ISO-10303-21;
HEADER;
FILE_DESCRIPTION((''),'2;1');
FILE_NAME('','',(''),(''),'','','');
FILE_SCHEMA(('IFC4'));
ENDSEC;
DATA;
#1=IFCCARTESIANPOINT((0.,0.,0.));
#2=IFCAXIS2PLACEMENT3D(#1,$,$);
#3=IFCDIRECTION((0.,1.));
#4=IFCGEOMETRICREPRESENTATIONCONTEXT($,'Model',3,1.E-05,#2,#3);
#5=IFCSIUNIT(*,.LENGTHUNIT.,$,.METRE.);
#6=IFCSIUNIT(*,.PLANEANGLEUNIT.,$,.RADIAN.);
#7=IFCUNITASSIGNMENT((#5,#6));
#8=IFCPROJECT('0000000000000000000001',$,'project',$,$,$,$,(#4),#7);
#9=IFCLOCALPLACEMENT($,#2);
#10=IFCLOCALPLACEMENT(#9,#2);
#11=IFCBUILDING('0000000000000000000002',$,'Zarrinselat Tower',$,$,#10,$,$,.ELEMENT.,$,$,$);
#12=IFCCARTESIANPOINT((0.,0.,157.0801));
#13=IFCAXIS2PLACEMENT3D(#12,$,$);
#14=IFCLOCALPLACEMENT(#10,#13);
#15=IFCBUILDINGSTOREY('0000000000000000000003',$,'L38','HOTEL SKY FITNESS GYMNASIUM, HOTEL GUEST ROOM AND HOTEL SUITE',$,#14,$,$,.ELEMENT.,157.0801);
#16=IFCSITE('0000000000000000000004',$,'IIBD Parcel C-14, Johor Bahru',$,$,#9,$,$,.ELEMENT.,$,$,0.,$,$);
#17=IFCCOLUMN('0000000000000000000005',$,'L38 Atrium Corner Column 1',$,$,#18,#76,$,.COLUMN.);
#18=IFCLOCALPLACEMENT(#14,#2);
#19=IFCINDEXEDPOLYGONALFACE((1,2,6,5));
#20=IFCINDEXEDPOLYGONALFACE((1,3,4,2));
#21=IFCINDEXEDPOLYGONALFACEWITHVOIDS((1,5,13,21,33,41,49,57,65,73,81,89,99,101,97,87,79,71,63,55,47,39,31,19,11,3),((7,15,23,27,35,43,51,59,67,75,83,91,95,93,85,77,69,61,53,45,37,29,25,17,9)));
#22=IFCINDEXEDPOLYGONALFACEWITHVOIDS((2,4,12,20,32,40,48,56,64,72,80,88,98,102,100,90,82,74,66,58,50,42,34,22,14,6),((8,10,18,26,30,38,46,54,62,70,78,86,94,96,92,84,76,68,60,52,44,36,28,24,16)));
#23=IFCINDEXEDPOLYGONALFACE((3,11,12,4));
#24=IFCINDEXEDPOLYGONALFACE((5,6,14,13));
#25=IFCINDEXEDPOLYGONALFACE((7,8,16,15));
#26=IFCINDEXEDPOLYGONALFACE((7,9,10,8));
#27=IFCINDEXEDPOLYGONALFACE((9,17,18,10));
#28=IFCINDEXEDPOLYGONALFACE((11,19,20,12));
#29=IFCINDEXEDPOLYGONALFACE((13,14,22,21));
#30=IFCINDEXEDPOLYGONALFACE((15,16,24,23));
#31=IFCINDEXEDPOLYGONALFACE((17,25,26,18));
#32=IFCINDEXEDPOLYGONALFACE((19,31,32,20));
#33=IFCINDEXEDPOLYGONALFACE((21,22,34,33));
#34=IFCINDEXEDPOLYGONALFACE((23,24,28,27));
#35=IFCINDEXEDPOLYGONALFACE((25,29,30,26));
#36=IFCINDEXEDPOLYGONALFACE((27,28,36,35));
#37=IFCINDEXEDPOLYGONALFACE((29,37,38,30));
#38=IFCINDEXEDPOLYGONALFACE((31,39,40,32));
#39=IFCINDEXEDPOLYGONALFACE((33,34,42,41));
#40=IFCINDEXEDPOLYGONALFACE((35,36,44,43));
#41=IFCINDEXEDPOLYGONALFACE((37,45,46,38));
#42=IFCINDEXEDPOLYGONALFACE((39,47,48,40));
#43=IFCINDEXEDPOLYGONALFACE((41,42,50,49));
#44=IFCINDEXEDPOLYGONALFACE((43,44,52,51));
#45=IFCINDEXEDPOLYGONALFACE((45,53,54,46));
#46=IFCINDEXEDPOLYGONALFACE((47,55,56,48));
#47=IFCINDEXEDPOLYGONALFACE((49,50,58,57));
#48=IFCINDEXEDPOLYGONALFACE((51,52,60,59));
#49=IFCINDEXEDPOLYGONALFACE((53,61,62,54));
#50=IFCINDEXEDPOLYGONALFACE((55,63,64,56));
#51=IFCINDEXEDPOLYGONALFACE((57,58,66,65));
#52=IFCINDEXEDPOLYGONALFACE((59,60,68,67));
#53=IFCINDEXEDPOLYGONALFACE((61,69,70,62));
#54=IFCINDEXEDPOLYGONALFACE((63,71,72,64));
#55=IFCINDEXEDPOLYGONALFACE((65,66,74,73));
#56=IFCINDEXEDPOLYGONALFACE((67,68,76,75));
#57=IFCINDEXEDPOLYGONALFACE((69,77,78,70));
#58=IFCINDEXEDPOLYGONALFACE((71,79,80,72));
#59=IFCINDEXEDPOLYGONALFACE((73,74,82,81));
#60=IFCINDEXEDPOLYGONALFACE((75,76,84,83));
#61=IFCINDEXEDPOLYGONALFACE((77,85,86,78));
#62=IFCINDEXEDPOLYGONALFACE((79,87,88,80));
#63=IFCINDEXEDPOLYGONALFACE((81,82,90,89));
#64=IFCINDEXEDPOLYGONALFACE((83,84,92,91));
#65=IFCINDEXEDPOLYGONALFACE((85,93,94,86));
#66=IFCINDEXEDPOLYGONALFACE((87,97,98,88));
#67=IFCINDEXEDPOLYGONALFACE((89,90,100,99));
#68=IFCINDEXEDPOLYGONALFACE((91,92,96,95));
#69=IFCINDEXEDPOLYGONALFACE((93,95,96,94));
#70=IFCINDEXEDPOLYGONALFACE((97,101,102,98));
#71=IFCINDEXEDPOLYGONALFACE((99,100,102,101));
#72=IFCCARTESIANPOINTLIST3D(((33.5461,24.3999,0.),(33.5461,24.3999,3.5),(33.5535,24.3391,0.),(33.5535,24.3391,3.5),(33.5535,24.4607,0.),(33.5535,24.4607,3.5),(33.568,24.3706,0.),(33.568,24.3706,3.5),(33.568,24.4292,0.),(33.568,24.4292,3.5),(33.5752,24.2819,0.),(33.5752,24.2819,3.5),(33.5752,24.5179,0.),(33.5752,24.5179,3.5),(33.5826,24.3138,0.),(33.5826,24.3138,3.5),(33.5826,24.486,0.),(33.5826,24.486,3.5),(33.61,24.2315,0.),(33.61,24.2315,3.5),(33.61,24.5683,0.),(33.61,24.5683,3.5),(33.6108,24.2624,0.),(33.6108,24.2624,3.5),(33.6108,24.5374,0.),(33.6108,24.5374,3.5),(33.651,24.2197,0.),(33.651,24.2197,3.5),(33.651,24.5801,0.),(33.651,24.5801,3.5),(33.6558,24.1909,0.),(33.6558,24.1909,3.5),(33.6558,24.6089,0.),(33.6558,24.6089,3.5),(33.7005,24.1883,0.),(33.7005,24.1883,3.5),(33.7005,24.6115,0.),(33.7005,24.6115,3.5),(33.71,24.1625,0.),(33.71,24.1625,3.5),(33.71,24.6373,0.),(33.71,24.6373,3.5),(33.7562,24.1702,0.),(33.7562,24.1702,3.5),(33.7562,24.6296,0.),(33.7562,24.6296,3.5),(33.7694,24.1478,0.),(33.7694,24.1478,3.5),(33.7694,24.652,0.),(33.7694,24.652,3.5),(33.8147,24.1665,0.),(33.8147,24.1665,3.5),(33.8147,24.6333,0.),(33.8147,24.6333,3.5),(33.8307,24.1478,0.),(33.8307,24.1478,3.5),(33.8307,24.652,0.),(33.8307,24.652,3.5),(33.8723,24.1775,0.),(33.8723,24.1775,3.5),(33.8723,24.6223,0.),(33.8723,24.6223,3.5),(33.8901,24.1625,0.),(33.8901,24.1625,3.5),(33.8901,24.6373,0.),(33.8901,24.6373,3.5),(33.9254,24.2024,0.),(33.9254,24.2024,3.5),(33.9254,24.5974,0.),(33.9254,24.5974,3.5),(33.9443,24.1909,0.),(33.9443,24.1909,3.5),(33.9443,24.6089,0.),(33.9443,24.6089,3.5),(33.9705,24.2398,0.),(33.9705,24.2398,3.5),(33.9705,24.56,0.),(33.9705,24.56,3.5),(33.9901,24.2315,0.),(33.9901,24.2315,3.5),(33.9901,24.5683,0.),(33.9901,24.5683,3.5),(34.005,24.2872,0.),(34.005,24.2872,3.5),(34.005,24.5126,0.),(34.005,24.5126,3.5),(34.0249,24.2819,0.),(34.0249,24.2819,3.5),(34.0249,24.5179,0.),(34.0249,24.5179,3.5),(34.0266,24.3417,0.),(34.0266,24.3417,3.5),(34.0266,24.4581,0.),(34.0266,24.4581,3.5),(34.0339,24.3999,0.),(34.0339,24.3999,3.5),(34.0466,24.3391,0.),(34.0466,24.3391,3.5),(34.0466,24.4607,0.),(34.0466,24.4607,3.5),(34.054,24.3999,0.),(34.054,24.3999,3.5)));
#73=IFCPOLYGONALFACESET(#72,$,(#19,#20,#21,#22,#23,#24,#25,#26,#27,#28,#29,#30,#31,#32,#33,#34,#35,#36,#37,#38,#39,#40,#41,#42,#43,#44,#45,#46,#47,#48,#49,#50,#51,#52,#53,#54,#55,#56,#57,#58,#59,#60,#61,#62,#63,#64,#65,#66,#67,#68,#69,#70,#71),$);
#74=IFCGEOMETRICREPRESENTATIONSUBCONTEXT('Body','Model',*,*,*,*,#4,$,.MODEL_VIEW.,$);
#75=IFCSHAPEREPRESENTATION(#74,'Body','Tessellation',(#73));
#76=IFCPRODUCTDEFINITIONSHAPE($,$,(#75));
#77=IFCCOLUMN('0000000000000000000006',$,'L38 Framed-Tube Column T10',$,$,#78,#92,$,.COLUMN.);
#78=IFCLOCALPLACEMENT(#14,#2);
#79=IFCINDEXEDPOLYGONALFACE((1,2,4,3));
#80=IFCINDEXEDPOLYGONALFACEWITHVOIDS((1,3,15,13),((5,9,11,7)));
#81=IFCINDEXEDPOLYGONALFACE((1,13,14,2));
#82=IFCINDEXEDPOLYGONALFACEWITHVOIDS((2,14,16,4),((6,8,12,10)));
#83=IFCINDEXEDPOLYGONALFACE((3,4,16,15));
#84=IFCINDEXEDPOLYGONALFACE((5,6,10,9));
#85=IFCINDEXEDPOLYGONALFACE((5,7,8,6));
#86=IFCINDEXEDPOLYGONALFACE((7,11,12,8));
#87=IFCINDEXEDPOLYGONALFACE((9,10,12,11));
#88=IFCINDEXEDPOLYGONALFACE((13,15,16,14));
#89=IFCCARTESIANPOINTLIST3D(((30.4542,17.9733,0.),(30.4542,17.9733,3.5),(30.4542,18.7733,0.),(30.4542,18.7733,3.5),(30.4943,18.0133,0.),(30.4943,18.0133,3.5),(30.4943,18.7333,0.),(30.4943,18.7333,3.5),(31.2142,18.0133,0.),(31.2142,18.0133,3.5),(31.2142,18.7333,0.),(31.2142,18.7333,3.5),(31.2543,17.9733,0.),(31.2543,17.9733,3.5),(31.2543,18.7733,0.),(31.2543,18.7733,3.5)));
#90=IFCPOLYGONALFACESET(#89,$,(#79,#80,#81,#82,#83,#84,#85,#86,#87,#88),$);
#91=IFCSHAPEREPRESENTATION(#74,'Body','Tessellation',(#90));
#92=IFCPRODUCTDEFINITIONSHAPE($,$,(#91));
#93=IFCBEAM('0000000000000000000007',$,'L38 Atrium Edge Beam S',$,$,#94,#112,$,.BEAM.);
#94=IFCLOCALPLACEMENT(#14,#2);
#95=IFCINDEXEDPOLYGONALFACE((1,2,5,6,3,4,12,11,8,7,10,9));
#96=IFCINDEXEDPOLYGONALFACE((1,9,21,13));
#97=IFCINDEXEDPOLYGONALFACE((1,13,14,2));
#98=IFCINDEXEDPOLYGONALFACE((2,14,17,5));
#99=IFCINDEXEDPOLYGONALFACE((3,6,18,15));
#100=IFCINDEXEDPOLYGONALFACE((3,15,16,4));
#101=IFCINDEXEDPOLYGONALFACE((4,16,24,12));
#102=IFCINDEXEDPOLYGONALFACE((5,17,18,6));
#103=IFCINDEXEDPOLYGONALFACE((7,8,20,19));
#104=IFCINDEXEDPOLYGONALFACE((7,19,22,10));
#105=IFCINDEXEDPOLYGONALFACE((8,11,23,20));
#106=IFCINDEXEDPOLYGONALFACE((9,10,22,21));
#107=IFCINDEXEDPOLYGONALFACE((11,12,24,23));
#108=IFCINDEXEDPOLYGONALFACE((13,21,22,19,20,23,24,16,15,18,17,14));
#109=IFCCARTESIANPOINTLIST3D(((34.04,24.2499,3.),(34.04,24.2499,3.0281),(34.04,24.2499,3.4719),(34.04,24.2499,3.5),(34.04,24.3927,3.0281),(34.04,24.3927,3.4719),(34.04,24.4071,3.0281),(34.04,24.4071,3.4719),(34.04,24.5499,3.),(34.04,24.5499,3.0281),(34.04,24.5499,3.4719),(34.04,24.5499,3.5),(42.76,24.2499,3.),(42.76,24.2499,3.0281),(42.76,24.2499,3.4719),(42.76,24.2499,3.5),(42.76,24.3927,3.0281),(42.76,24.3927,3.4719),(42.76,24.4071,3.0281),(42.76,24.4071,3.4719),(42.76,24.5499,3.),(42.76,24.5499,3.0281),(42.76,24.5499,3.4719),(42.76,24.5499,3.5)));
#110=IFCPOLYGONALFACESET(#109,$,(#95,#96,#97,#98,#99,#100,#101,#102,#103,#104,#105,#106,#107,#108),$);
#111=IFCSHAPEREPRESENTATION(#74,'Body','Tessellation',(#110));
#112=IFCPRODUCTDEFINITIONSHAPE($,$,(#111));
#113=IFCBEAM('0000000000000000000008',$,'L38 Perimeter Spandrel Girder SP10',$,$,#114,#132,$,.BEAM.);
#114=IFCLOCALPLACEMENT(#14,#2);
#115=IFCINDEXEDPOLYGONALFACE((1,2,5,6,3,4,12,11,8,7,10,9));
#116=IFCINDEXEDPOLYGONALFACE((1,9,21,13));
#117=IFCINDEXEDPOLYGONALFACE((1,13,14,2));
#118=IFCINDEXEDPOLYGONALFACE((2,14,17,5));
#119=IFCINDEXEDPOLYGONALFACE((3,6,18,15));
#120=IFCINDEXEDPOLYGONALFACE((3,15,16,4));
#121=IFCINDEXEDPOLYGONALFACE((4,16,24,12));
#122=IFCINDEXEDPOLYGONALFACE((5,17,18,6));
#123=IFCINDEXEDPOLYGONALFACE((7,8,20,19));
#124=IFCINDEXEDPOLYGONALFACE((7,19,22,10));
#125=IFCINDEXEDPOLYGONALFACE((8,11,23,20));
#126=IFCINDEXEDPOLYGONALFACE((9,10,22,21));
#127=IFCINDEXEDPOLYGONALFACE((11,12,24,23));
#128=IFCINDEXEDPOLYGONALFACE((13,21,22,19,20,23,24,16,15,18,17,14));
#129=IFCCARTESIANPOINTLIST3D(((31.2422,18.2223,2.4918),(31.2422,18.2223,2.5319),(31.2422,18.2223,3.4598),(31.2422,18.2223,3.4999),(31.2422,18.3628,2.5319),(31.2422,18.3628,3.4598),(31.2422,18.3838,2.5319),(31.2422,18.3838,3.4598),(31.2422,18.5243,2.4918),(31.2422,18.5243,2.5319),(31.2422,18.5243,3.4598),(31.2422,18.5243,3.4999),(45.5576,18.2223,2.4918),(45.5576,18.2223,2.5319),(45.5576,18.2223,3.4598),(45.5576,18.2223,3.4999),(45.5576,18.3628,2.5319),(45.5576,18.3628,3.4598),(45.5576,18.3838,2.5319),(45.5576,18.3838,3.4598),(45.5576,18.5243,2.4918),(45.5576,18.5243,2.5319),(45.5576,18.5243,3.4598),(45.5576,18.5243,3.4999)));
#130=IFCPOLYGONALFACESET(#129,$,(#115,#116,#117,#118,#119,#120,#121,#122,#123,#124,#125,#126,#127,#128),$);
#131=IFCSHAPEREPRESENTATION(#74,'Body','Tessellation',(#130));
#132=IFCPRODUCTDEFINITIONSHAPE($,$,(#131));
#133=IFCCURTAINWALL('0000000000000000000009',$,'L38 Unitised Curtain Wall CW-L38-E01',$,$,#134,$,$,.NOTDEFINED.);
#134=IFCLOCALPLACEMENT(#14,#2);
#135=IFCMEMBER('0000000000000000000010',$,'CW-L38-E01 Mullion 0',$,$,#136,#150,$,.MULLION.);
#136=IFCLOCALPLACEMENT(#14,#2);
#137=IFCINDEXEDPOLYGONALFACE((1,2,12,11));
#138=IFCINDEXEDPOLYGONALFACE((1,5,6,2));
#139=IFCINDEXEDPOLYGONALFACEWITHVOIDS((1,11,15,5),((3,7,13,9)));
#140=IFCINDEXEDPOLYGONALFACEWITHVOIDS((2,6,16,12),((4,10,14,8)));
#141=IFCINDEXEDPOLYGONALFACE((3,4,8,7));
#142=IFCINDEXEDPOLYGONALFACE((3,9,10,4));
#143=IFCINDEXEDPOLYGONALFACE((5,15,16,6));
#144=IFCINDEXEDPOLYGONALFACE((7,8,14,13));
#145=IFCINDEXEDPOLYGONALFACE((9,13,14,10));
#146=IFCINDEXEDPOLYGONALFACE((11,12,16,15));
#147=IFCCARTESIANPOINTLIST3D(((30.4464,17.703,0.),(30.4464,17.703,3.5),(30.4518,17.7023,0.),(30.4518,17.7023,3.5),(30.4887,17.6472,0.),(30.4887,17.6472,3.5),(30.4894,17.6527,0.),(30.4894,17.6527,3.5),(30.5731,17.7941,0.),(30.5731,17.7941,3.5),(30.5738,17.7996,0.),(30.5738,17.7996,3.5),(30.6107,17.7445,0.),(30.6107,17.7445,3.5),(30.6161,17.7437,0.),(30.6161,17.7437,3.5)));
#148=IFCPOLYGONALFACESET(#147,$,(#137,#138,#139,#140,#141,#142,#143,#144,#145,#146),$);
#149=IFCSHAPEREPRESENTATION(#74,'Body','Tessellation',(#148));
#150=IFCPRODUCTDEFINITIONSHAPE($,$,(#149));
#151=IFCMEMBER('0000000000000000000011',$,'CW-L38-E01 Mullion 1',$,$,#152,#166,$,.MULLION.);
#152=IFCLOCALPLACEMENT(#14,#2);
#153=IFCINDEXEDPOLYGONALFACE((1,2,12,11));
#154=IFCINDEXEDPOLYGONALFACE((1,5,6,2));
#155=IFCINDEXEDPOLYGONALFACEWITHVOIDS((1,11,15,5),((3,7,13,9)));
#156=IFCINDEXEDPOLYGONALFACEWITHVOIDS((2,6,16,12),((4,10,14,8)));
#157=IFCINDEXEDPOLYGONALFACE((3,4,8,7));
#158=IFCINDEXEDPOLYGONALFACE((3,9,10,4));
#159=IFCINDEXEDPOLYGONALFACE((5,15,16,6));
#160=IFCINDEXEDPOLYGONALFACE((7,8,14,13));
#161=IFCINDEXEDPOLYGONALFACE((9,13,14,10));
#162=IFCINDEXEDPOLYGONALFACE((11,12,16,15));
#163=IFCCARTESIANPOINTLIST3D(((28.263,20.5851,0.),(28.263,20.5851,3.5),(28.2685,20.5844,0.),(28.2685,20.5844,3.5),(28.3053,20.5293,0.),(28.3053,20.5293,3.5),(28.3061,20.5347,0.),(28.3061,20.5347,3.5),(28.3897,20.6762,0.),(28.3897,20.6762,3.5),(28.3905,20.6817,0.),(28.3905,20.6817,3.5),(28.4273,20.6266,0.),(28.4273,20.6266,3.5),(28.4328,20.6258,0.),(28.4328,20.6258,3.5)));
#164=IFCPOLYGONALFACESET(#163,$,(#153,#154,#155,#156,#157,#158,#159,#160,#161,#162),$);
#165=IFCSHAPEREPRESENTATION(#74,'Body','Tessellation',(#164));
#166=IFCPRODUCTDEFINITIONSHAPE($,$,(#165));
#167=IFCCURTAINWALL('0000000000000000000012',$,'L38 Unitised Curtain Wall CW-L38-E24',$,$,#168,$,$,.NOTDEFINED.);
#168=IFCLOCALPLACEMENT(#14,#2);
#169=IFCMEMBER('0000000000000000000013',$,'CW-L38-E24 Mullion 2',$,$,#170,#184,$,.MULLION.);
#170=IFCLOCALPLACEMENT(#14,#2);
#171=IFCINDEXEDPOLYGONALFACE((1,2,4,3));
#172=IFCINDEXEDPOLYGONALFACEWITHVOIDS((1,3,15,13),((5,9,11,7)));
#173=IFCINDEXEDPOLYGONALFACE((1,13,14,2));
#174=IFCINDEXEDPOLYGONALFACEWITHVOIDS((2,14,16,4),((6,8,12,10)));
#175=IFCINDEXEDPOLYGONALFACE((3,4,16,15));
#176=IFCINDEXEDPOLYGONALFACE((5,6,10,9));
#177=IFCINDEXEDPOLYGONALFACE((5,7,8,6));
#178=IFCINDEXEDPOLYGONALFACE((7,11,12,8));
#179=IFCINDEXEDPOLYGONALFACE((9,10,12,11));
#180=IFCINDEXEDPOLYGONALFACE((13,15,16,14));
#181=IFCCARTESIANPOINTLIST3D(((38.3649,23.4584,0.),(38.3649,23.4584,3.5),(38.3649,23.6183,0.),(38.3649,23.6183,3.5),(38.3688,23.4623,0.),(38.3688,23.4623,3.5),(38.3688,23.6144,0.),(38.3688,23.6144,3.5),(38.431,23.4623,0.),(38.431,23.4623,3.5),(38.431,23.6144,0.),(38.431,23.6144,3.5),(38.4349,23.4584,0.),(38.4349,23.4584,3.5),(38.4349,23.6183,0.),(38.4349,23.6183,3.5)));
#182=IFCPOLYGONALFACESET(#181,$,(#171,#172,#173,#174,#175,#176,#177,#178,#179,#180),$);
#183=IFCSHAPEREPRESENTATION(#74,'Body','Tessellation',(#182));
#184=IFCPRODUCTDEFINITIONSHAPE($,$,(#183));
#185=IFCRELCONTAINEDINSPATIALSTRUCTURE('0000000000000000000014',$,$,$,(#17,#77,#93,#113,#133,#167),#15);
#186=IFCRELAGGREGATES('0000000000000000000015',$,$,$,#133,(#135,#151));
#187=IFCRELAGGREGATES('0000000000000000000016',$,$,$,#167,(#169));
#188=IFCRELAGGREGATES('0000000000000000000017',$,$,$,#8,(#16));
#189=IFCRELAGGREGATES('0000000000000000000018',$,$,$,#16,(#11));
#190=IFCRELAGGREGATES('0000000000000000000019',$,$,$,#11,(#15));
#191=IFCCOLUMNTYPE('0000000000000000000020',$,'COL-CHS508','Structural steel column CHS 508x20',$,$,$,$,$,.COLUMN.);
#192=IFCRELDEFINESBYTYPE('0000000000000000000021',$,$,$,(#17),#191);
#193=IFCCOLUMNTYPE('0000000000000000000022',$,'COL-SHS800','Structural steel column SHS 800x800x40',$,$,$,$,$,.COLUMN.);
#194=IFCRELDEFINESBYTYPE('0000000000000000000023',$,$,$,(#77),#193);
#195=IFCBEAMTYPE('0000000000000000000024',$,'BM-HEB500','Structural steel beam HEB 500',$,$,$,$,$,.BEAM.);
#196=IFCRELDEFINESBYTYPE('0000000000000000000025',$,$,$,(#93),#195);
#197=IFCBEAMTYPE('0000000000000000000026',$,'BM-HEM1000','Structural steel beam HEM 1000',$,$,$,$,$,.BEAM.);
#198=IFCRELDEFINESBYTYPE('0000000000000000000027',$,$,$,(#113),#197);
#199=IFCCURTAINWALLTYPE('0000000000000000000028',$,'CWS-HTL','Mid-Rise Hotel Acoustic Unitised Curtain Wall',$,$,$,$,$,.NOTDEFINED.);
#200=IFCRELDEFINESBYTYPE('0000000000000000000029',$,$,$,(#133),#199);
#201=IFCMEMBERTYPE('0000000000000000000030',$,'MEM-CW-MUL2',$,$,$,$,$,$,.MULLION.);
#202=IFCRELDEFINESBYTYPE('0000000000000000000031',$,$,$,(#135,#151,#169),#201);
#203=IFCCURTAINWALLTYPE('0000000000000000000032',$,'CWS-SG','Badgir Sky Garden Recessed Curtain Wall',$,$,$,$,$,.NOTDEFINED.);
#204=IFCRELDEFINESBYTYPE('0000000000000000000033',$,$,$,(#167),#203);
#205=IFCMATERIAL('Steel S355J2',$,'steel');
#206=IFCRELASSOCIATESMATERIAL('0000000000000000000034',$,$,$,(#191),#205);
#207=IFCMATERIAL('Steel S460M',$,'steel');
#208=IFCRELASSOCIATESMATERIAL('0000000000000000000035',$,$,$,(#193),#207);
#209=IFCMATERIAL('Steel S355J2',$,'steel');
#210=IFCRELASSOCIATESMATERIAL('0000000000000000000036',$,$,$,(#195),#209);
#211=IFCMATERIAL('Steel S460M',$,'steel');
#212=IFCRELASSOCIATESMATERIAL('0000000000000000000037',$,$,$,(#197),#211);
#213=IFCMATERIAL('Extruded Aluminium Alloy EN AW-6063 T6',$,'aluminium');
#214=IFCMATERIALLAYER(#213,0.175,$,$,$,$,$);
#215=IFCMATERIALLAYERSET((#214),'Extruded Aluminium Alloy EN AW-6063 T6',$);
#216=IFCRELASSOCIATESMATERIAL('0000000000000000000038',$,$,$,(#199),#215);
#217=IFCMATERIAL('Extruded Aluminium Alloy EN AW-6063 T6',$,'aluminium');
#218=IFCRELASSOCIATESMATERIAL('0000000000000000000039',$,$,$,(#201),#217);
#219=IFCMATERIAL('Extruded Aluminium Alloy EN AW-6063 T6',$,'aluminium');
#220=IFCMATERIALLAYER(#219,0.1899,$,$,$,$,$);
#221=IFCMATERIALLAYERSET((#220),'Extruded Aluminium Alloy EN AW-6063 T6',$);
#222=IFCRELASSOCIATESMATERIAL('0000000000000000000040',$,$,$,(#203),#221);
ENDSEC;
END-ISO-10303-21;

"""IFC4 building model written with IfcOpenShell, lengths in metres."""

from ifc_helpers import new_model, si_unit, direction, frame, origin, origin_2d, place, context, subcontext, project, spatial, hollow_rectangle, hollow_circle, i_section, extrude, material, layer, layer_set, material_profile, profile_set, type_object, element, aggregate, save


model = new_model("IFC4")

# Units and contexts
model_context = context("Model", 3, precision=1e-05, world=origin(), true_north=direction((0.0, 1.0)))
body_context = subcontext(model_context, "Body", "Model", "MODEL_VIEW")
ifc_project = project(units=[si_unit("LENGTHUNIT", "METRE"), si_unit("PLANEANGLEUNIT", "RADIAN")], contexts=[model_context])

# Site, building, storey
site_placement = place(None, origin())
site = spatial("IfcSite", under=ifc_project, at=site_placement, Name="IIBD Parcel C-14, Johor Bahru", CompositionType="ELEMENT", RefElevation=0.0)
building_placement = place(site_placement, origin())
building = spatial("IfcBuilding", under=site, at=building_placement, Name="Zarrinselat Tower", CompositionType="ELEMENT")
storey_placement = place(building_placement, frame((0.0, 0.0, 157.0801)))
storey = spatial("IfcBuildingStorey", under=building, at=storey_placement, Name="L38", Description="HOTEL SKY FITNESS GYMNASIUM, HOTEL GUEST ROOM AND HOTEL SUITE", CompositionType="ELEMENT", Elevation=157.0801)

# Columns
ifc_material_1 = material(Name="Steel S355J2", Category="steel")
ifc_material_profile_1 = material_profile(ifc_material_1, hollow_circle(Radius=0.2539, WallThickness=0.02, at=origin_2d()), Name="CHS 508x20")
ifc_profile_set_1 = profile_set([ifc_material_profile_1], Name="Steel S355J2")
column_type_1 = type_object("IfcColumnType", Name="COL-CHS508", Description="Structural steel column CHS 508x20", PredefinedType="COLUMN", material=ifc_profile_set_1)
column_1_placement = place(storey_placement, frame((33.8, 24.3999, 0.0), z_axis=(0.0, 0.0, 1.0), x_axis=(1.0, 0.0, 0.0)))
element("IfcColumn", 1, at=column_1_placement, inside=storey, type_object=column_type_1, Name="L38 Atrium Corner Column 1", PredefinedType="COLUMN", context=body_context, shape_type="SweptSolid", body=[
    extrude(hollow_circle(Radius=0.2539, WallThickness=0.02, at=origin_2d()), origin(), (0.0, 0.0, 1.0), 3.5),
])
ifc_material_2 = material(Name="Steel S460M", Category="steel")
ifc_material_profile_2 = material_profile(ifc_material_2, hollow_rectangle(XDim=0.8, YDim=0.8, WallThickness=0.04, at=origin_2d()), Name="SHS 800x800x40")
ifc_profile_set_2 = profile_set([ifc_material_profile_2], Name="Steel S460M")
column_type_2 = type_object("IfcColumnType", Name="COL-SHS800", Description="Structural steel column SHS 800x800x40", PredefinedType="COLUMN", material=ifc_profile_set_2)
column_2_placement = place(storey_placement, frame((30.8542, 18.3733, 0.0), z_axis=(0.0, 0.0, 1.0), x_axis=(1.0, 0.0, 0.0)))
element("IfcColumn", 2, at=column_2_placement, inside=storey, type_object=column_type_2, Name="L38 Framed-Tube Column T10", PredefinedType="COLUMN", context=body_context, shape_type="SweptSolid", body=[
    extrude(hollow_rectangle(XDim=0.8, YDim=0.8, WallThickness=0.04, at=origin_2d()), origin(), (0.0, 0.0, 1.0), 3.5),
])

# Beams
ifc_material_3 = material(Name="Steel S355J2", Category="steel")
ifc_material_profile_3 = material_profile(ifc_material_3, i_section(OverallWidth=0.3, OverallDepth=0.5, WebThickness=0.0144, FlangeThickness=0.0281, at=origin_2d()), Name="HEB 500")
ifc_profile_set_3 = profile_set([ifc_material_profile_3], Name="Steel S355J2")
beam_type_1 = type_object("IfcBeamType", Name="BM-HEB500", Description="Structural steel beam HEB 500", PredefinedType="BEAM", material=ifc_profile_set_3)
beam_1_placement = place(storey_placement, frame((34.04, 24.3999, 3.25), z_axis=(1.0, 0.0, 0.0), x_axis=(0.0, 1.0, 0.0)))
element("IfcBeam", 3, at=beam_1_placement, inside=storey, type_object=beam_type_1, Name="L38 Atrium Edge Beam S", PredefinedType="BEAM", context=body_context, shape_type="SweptSolid", body=[
    extrude(i_section(OverallWidth=0.3, OverallDepth=0.5, WebThickness=0.0144, FlangeThickness=0.0281, at=origin_2d()), origin(), (0.0, 0.0, 1.0), 8.72),
])
ifc_material_4 = material(Name="Steel S460M", Category="steel")
ifc_material_profile_4 = material_profile(ifc_material_4, i_section(OverallWidth=0.302, OverallDepth=1.0081, WebThickness=0.021, FlangeThickness=0.04, at=origin_2d()), Name="HEM 1000")
ifc_profile_set_4 = profile_set([ifc_material_profile_4], Name="Steel S460M")
beam_type_2 = type_object("IfcBeamType", Name="BM-HEM1000", Description="Structural steel beam HEM 1000", PredefinedType="BEAM", material=ifc_profile_set_4)
beam_2_placement = place(storey_placement, frame((31.2422, 18.3733, 2.9958), z_axis=(1.0, 0.0, 0.0), x_axis=(0.0, 1.0, 0.0)))
element("IfcBeam", 4, at=beam_2_placement, inside=storey, type_object=beam_type_2, Name="L38 Perimeter Spandrel Girder SP10", PredefinedType="BEAM", context=body_context, shape_type="SweptSolid", body=[
    extrude(i_section(OverallWidth=0.302, OverallDepth=1.0081, WebThickness=0.021, FlangeThickness=0.04, at=origin_2d()), origin(), (0.0, 0.0, 1.0), 14.3154),
])

# Curtain walls, members
ifc_material_5 = material(Name="Extruded Aluminium Alloy EN AW-6063 T6", Category="aluminium")
ifc_layer_1 = layer(ifc_material_5, 0.175)
ifc_layer_set_1 = layer_set([ifc_layer_1], Name="Extruded Aluminium Alloy EN AW-6063 T6")
curtain_wall_type_1 = type_object("IfcCurtainWallType", Name="CWS-HTL", Description="Mid-Rise Hotel Acoustic Unitised Curtain Wall", PredefinedType="NOTDEFINED", material=ifc_layer_set_1)
curtain_wall_1_placement = place(storey_placement, origin())
curtain_wall_1 = element("IfcCurtainWall", 5, at=curtain_wall_1_placement, inside=storey, type_object=curtain_wall_type_1, Name="L38 Unitised Curtain Wall CW-L38-E01", PredefinedType="NOTDEFINED")
ifc_material_6 = material(Name="Extruded Aluminium Alloy EN AW-6063 T6", Category="aluminium")
ifc_material_profile_5 = material_profile(ifc_material_6, hollow_rectangle(XDim=0.0701, YDim=0.1599, WallThickness=0.0039, at=origin_2d()), Name="RHS 160x70x4")
ifc_profile_set_5 = profile_set([ifc_material_profile_5], Name="Extruded Aluminium Alloy EN AW-6063 T6")
member_type_1 = type_object("IfcMemberType", Name="MEM-CW-MUL2", PredefinedType="MULLION", material=ifc_profile_set_5)
member_1_placement = place(storey_placement, frame((30.5312, 17.7234, 0.0), z_axis=(0.0, 0.0, 1.0), x_axis=(-0.603858, 0.797092, 0.0)))
member_1 = element("IfcMember", 6, at=member_1_placement, type_object=member_type_1, Name="CW-L38-E01 Mullion 0", PredefinedType="MULLION", context=body_context, shape_type="SweptSolid", body=[
    extrude(hollow_rectangle(XDim=0.0701, YDim=0.1599, WallThickness=0.0039, at=origin_2d()), origin(), (0.0, 0.0, 1.0), 3.5),
])
member_2_placement = place(storey_placement, frame((28.3479, 20.6055, 0.0), z_axis=(0.0, 0.0, 1.0), x_axis=(-0.603858, 0.797092, 0.0)))
member_2 = element("IfcMember", 7, at=member_2_placement, type_object=member_type_1, Name="CW-L38-E01 Mullion 1", PredefinedType="MULLION", context=body_context, shape_type="SweptSolid", body=[
    extrude(hollow_rectangle(XDim=0.0701, YDim=0.1599, WallThickness=0.0039, at=origin_2d()), origin(), (0.0, 0.0, 1.0), 3.5),
])
ifc_material_7 = material(Name="Extruded Aluminium Alloy EN AW-6063 T6", Category="aluminium")
ifc_layer_2 = layer(ifc_material_7, 0.1899)
ifc_layer_set_2 = layer_set([ifc_layer_2], Name="Extruded Aluminium Alloy EN AW-6063 T6")
curtain_wall_type_2 = type_object("IfcCurtainWallType", Name="CWS-SG", Description="Badgir Sky Garden Recessed Curtain Wall", PredefinedType="NOTDEFINED", material=ifc_layer_set_2)
curtain_wall_2_placement = place(storey_placement, origin())
curtain_wall_2 = element("IfcCurtainWall", 8, at=curtain_wall_2_placement, inside=storey, type_object=curtain_wall_type_2, Name="L38 Unitised Curtain Wall CW-L38-E24", PredefinedType="NOTDEFINED")
member_3_placement = place(storey_placement, frame((38.3999, 23.5383, 0.0), z_axis=(0.0, 0.0, 1.0), x_axis=(-1.0, 0.0, 0.0)))
member_3 = element("IfcMember", 9, at=member_3_placement, type_object=member_type_1, Name="CW-L38-E24 Mullion 2", PredefinedType="MULLION", context=body_context, shape_type="SweptSolid", body=[
    extrude(hollow_rectangle(XDim=0.0701, YDim=0.1599, WallThickness=0.0039, at=origin_2d()), origin(), (0.0, 0.0, 1.0), 3.5),
])

aggregate(curtain_wall_1, [member_1, member_2])
aggregate(curtain_wall_2, [member_3])

save(model, "model.ifc")
